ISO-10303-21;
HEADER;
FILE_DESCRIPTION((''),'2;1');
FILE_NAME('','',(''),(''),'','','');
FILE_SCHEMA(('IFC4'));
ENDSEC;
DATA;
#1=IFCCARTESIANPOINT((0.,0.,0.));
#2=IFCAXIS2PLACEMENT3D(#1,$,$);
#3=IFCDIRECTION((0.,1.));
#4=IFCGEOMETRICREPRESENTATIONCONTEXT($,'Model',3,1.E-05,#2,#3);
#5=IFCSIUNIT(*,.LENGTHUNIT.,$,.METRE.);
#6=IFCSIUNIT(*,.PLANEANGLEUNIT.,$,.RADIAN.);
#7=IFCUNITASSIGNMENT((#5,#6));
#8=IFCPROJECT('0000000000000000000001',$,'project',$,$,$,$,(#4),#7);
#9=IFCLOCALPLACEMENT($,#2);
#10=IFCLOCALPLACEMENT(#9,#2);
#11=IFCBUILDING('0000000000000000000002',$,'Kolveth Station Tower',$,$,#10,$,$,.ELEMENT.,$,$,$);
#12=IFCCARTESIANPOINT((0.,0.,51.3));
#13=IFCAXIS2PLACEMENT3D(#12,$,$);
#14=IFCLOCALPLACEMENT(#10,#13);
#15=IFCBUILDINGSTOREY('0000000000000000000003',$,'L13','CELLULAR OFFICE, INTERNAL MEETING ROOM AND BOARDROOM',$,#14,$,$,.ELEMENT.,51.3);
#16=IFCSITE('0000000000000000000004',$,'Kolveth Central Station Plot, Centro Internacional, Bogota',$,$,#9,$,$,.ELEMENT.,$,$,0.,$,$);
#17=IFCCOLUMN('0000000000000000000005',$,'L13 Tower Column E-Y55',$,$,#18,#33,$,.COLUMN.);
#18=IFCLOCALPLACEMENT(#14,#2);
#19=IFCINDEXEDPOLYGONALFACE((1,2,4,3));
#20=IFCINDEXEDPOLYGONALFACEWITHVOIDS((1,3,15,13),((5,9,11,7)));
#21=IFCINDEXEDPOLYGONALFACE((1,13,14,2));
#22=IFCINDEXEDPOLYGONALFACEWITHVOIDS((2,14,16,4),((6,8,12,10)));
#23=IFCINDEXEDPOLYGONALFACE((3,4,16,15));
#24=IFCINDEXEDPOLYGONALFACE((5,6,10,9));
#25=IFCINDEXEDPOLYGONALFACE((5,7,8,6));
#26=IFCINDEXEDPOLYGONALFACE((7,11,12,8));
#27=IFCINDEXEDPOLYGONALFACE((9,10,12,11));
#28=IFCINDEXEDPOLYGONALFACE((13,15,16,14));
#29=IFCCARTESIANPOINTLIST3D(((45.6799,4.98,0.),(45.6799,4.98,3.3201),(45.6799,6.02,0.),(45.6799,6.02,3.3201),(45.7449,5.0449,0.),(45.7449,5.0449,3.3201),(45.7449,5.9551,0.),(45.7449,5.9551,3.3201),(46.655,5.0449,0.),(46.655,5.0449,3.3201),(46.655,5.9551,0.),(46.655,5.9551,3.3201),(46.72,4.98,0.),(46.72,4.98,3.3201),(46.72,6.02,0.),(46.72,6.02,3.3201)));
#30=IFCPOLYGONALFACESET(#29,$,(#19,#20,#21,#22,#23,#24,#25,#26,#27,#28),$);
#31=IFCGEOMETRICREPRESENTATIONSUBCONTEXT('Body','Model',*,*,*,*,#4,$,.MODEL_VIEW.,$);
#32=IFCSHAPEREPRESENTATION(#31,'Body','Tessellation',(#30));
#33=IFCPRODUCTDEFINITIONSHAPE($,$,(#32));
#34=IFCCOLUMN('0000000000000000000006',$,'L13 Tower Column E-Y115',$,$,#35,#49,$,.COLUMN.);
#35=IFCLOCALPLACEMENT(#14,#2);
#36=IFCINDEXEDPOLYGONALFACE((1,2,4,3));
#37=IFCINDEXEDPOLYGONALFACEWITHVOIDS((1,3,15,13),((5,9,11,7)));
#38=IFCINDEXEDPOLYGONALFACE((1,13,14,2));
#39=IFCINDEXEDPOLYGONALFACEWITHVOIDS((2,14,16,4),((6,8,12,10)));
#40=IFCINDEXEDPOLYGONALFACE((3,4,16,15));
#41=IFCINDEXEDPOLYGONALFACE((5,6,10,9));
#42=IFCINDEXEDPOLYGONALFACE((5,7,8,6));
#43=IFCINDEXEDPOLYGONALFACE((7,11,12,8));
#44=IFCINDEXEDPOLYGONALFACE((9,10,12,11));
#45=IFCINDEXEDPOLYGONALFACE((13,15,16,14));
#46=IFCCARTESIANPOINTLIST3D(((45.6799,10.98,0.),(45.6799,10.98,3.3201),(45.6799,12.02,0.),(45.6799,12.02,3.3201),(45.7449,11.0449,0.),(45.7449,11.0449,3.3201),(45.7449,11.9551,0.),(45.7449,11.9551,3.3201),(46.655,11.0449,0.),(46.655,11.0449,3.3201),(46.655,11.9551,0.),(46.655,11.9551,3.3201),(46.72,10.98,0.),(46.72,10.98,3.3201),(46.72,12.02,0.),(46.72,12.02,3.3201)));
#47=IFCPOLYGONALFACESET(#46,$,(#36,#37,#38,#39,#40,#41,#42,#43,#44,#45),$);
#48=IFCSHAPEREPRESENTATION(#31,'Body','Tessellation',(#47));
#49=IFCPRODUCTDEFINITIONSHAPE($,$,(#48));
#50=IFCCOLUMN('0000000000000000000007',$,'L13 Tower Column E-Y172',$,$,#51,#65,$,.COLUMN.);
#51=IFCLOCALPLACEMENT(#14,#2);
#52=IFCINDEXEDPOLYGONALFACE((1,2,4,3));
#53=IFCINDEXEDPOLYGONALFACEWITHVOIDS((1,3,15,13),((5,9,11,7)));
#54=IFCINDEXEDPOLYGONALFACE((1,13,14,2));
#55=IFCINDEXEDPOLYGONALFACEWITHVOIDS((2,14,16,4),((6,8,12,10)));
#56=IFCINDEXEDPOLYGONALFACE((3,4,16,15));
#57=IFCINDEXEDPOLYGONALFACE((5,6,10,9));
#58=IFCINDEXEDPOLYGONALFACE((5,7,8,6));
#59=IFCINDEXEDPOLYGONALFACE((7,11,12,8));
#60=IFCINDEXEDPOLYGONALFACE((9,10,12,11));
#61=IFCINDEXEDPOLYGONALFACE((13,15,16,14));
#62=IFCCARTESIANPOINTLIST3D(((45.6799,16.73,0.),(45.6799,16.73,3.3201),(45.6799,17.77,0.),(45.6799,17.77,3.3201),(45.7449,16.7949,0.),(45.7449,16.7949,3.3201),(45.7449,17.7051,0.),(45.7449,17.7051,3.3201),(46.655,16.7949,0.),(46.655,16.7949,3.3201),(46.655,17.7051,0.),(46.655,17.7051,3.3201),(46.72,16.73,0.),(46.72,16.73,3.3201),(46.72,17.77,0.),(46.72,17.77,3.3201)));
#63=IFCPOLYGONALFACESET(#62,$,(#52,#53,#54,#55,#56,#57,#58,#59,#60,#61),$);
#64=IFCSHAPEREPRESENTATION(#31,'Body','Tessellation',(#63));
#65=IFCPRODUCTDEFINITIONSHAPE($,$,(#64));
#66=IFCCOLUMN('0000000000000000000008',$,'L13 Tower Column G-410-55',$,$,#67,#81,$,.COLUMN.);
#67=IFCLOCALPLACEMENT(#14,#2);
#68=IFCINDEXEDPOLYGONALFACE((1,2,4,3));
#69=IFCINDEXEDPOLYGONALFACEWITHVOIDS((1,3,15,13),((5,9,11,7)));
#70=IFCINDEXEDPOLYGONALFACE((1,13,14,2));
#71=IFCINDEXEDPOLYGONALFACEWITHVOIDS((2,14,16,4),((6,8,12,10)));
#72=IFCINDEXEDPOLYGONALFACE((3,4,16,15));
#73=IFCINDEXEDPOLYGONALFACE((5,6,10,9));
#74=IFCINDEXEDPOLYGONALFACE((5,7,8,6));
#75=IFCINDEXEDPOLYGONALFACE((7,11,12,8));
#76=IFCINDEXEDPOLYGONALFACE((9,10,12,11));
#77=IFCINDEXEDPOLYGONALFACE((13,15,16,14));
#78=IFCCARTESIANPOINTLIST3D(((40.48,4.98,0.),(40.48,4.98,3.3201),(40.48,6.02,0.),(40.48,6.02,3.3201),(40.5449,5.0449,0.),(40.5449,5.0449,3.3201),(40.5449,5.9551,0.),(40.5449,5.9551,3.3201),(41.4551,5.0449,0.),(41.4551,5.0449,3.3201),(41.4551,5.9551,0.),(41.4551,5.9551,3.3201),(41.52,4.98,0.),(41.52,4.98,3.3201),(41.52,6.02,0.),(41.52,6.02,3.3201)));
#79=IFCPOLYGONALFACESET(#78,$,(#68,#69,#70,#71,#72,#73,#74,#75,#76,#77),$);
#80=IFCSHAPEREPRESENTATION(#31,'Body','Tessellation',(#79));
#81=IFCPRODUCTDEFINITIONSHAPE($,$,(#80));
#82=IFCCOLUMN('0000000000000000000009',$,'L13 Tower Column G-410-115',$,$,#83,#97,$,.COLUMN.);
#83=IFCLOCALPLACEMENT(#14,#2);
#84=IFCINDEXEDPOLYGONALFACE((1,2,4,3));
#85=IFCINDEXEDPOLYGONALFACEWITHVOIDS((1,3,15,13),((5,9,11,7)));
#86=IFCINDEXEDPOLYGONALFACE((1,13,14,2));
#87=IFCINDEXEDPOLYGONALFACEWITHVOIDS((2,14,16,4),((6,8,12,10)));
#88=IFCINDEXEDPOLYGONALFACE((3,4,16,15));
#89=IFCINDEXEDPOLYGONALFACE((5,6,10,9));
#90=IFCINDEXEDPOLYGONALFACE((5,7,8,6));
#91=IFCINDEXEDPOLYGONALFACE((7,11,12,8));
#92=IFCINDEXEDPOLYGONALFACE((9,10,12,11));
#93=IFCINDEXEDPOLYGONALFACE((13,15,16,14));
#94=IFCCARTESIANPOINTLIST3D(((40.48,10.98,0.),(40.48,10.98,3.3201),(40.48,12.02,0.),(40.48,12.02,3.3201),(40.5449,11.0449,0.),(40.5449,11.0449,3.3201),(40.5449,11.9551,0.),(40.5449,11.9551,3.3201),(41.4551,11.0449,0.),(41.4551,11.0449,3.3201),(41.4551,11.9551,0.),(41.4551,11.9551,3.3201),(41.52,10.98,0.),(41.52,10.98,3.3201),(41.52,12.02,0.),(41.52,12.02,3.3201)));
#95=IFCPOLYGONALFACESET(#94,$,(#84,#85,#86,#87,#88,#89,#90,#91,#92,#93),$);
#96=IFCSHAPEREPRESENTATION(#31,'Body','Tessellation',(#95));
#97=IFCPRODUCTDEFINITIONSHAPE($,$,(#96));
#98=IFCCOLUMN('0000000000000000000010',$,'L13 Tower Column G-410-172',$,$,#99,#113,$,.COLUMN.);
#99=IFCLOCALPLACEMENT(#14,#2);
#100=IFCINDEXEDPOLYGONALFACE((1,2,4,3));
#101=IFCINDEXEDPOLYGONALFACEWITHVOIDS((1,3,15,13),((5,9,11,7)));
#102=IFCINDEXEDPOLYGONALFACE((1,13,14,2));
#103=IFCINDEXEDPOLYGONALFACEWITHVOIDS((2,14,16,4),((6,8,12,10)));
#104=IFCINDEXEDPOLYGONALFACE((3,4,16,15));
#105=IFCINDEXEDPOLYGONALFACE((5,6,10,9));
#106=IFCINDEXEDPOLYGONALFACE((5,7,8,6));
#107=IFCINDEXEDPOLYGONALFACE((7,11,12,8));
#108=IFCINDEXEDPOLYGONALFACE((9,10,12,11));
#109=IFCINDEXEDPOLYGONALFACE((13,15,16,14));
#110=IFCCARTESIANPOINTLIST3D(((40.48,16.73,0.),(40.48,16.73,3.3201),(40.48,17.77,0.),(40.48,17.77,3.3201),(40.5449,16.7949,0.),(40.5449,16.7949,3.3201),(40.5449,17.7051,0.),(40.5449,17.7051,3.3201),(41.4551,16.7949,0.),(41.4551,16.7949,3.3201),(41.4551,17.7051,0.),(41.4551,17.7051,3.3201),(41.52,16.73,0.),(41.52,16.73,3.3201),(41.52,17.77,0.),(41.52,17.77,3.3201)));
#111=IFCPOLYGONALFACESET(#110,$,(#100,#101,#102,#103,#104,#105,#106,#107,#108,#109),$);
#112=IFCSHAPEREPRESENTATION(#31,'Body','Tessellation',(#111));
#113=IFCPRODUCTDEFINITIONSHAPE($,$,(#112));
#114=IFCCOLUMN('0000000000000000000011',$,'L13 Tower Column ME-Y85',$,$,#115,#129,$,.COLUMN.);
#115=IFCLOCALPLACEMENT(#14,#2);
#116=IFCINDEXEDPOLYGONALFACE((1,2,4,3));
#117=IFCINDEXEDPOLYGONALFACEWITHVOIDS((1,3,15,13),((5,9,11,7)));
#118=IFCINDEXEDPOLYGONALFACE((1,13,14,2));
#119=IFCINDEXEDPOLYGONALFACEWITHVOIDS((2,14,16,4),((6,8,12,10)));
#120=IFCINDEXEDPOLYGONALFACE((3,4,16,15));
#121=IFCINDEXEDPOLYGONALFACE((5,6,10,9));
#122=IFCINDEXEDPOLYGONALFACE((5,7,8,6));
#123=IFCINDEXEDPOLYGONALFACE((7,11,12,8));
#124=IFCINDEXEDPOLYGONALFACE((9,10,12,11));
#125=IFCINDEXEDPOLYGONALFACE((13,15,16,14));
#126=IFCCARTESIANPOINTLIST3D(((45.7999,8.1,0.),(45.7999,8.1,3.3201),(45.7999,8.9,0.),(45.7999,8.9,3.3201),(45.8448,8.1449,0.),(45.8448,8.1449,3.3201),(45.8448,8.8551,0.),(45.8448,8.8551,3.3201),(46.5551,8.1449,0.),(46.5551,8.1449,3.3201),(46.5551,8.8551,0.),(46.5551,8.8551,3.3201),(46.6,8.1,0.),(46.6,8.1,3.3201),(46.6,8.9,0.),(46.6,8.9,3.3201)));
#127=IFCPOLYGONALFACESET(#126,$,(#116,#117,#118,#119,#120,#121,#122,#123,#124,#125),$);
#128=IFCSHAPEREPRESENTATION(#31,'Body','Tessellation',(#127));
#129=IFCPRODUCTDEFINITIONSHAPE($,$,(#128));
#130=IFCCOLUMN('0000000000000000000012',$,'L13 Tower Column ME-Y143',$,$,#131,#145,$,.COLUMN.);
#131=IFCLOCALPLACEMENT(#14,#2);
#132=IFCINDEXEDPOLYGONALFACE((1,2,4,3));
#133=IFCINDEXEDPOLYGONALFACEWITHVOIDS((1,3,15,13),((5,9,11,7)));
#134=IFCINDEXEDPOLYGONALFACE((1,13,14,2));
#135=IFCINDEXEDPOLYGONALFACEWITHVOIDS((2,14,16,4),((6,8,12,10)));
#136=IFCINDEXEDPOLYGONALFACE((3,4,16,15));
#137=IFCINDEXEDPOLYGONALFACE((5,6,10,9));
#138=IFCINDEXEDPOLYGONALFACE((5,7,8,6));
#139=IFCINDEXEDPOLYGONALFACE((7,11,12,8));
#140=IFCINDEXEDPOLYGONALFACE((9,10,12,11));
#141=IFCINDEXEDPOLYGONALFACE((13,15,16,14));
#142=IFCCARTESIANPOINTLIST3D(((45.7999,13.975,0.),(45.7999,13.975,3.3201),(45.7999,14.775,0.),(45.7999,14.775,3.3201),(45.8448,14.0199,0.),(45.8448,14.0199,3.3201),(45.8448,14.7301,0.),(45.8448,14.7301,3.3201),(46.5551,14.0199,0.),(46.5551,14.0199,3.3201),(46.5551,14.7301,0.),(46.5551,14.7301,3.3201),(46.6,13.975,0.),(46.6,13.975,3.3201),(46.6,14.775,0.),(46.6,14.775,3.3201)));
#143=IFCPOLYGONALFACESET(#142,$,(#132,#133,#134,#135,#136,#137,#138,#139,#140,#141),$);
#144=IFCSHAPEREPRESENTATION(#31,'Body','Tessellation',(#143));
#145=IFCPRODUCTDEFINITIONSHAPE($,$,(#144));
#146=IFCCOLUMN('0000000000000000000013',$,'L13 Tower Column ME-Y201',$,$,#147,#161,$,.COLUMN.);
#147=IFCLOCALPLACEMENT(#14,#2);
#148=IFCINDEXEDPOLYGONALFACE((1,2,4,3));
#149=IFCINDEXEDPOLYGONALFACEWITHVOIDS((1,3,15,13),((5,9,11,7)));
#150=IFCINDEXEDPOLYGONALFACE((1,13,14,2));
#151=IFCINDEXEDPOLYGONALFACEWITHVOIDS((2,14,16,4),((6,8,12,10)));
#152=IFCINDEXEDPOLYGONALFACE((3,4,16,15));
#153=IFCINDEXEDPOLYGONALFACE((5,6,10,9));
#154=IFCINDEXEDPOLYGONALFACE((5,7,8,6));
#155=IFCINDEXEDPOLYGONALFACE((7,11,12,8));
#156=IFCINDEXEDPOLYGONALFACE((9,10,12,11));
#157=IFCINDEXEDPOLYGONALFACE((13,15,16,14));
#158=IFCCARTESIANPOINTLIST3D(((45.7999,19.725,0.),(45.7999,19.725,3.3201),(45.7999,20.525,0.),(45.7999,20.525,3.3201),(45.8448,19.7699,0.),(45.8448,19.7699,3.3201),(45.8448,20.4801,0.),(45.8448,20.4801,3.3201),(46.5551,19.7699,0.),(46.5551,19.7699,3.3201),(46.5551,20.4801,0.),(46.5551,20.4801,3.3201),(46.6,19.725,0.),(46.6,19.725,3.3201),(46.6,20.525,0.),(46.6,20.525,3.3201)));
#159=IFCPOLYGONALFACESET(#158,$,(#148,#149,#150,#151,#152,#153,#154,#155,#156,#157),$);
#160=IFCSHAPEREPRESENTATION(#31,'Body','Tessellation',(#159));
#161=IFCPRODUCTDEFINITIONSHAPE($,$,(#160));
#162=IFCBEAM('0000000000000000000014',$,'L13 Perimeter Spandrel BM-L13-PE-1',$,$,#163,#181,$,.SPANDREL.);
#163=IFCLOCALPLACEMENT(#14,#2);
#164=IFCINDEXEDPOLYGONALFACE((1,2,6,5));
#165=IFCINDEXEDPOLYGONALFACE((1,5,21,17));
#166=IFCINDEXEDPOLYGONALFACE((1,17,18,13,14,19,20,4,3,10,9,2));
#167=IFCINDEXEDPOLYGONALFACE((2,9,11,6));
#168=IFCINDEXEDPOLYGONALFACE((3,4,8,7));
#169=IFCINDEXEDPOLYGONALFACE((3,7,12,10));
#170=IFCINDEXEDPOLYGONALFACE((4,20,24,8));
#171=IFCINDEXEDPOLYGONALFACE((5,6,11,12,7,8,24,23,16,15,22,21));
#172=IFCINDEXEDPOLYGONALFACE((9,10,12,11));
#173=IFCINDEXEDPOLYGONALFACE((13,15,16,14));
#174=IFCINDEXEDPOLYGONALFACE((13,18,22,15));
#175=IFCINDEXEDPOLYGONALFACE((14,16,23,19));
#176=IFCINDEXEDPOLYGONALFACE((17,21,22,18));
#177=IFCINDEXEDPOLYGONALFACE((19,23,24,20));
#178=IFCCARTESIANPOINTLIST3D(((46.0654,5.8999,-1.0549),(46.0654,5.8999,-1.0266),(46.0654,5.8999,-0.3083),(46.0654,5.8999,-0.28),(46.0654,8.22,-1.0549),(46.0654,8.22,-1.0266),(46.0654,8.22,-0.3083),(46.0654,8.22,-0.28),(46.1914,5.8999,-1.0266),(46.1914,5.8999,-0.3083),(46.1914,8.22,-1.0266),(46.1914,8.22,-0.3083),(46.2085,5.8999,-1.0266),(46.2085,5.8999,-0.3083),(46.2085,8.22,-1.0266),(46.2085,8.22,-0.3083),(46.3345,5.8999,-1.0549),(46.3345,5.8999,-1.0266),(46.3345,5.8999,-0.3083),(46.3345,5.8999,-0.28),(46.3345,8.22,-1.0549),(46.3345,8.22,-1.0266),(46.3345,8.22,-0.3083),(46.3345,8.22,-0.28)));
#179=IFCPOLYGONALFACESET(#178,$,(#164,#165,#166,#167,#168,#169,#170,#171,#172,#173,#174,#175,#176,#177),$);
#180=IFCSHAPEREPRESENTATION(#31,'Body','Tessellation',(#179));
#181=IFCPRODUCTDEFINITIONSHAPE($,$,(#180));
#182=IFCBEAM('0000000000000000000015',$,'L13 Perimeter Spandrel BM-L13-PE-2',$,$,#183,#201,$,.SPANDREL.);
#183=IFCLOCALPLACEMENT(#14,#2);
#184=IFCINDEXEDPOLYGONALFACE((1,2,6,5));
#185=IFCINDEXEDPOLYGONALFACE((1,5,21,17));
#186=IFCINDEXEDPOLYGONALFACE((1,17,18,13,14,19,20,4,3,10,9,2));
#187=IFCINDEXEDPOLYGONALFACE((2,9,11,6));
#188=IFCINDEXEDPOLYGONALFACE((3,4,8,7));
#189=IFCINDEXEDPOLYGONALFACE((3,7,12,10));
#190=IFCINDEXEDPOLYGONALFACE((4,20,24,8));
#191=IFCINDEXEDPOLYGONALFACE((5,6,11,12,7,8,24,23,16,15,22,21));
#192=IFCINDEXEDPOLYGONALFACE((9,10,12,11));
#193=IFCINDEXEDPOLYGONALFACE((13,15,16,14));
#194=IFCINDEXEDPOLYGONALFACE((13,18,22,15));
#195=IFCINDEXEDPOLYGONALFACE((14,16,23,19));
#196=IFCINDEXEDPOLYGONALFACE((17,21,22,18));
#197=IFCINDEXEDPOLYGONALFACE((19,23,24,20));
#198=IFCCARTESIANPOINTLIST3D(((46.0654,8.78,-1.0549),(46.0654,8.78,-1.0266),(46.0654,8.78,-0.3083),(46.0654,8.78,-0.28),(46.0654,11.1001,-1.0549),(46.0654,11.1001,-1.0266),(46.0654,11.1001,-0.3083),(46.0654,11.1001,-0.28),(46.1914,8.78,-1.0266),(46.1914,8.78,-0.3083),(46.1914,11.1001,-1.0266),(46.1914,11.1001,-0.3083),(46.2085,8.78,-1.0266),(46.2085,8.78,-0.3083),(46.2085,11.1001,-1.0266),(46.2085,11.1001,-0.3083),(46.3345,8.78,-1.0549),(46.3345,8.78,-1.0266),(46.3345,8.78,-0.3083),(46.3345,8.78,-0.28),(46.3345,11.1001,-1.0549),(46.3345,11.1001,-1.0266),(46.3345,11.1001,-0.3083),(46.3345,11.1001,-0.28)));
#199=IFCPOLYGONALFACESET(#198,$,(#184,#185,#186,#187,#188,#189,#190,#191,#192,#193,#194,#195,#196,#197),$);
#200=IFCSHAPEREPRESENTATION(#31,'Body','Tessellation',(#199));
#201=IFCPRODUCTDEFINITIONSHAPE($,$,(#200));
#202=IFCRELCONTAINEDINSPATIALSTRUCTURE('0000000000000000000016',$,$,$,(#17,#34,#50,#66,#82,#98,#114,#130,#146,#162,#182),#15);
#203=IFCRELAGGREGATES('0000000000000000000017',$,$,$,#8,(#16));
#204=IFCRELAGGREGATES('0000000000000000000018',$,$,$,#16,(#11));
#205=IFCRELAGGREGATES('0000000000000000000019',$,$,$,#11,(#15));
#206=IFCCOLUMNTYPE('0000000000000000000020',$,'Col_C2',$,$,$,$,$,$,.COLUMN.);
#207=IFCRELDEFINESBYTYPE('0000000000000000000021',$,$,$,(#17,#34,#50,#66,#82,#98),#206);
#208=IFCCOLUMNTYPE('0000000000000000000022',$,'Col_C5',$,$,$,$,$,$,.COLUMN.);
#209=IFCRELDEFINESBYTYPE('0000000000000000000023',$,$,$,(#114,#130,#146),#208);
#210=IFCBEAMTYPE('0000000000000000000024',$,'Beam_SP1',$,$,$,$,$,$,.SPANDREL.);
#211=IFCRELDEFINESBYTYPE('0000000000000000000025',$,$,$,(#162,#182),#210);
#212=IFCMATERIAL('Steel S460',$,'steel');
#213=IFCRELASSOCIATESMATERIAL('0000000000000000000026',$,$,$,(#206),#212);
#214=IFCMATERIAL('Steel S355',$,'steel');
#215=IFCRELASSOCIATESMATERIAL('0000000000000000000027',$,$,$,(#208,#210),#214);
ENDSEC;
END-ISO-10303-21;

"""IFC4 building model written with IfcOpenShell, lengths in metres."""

from ifc_helpers import new_model, si_unit, direction, frame, origin, origin_2d, place, context, subcontext, project, spatial, hollow_rectangle, i_section, extrude, source, transform, mapped, material, material_profile, profile_set, type_object, element, save


model = new_model("IFC4")

# Units and contexts
model_context = context("Model", 3, precision=1e-05, world=origin(), true_north=direction((0.0, 1.0)))
body_context = subcontext(model_context, "Body", "Model", "MODEL_VIEW")
ifc_project = project(units=[si_unit("LENGTHUNIT", "METRE"), si_unit("PLANEANGLEUNIT", "RADIAN")], contexts=[model_context])

# Site, building, storey
site_placement = place(None, origin())
site = spatial("IfcSite", under=ifc_project, at=site_placement, Name="Kolveth Central Station Plot, Centro Internacional, Bogota", CompositionType="ELEMENT", RefElevation=0.0)
building_placement = place(site_placement, origin())
building = spatial("IfcBuilding", under=site, at=building_placement, Name="Kolveth Station Tower", CompositionType="ELEMENT")
storey_placement = place(building_placement, frame((0.0, 0.0, 51.3)))
storey = spatial("IfcBuildingStorey", under=building, at=storey_placement, Name="L13", Description="CELLULAR OFFICE, INTERNAL MEETING ROOM AND BOARDROOM", CompositionType="ELEMENT", Elevation=51.3)

# Columns
ifc_material_1 = material(Name="Steel S460", Category="steel")
ifc_material_profile_1 = material_profile(ifc_material_1, hollow_rectangle(XDim=1.04, YDim=1.04, WallThickness=0.0649, at=origin_2d()), Name="BOX1040x1040x65")
ifc_profile_set_1 = profile_set([ifc_material_profile_1], Name="Steel S460")
column_type_1 = type_object("IfcColumnType", Name="Col_C2", PredefinedType="COLUMN", material=ifc_profile_set_1)
shared_shape_1 = source(origin(), body_context, "Body", "SweptSolid", [
    extrude(hollow_rectangle(XDim=1.04, YDim=1.04, WallThickness=0.0649, at=origin_2d()), origin(), (0.0, 0.0, 1.0), 3.3201),
])
for number, where, z_axis, x_axis, name in (
    (1, (46.2, 5.5, 0.0), (0.0, 0.0, 1.0), (1.0, 0.0, 0.0), "L13 Tower Column E-Y55"),
    (2, (46.2, 11.5, 0.0), (0.0, 0.0, 1.0), (1.0, 0.0, 0.0), "L13 Tower Column E-Y115"),
    (3, (46.2, 17.25, 0.0), (0.0, 0.0, 1.0), (1.0, 0.0, 0.0), "L13 Tower Column E-Y172"),
    (4, (41.0, 5.5, 0.0), (0.0, 0.0, 1.0), (1.0, 0.0, 0.0), "L13 Tower Column G-410-55"),
    (5, (41.0, 11.5, 0.0), (0.0, 0.0, 1.0), (1.0, 0.0, 0.0), "L13 Tower Column G-410-115"),
    (6, (41.0, 17.25, 0.0), (0.0, 0.0, 1.0), (1.0, 0.0, 0.0), "L13 Tower Column G-410-172"),
):
    element("IfcColumn", number, at=place(storey_placement, frame(where, z_axis=z_axis, x_axis=x_axis)), inside=storey, type_object=column_type_1, Name=name, PredefinedType="COLUMN", context=body_context, shape_type="MappedRepresentation", body=[
        mapped(shared_shape_1, transform((0.0, 0.0, 0.0), x_axis=(1.0, 0.0, 0.0), y_axis=(0.0, 1.0, 0.0), z_axis=(0.0, 0.0, 1.0), scale=1.0)),
    ])
ifc_material_2 = material(Name="Steel S355", Category="steel")
ifc_material_profile_2 = material_profile(ifc_material_2, hollow_rectangle(XDim=0.8, YDim=0.8, WallThickness=0.0449, at=origin_2d()), Name="BOX800x800x45")
ifc_profile_set_2 = profile_set([ifc_material_profile_2], Name="Steel S355")
column_type_2 = type_object("IfcColumnType", Name="Col_C5", PredefinedType="COLUMN", material=ifc_profile_set_2)
shared_shape_2 = source(origin(), body_context, "Body", "SweptSolid", [
    extrude(hollow_rectangle(XDim=0.8, YDim=0.8, WallThickness=0.0449, at=origin_2d()), origin(), (0.0, 0.0, 1.0), 3.3201),
])
for number, where, z_axis, x_axis, name in (
    (7, (46.2, 8.5, 0.0), (0.0, 0.0, 1.0), (1.0, 0.0, 0.0), "L13 Tower Column ME-Y85"),
    (8, (46.2, 14.375, 0.0), (0.0, 0.0, 1.0), (1.0, 0.0, 0.0), "L13 Tower Column ME-Y143"),
    (9, (46.2, 20.125, 0.0), (0.0, 0.0, 1.0), (1.0, 0.0, 0.0), "L13 Tower Column ME-Y201"),
):
    element("IfcColumn", number, at=place(storey_placement, frame(where, z_axis=z_axis, x_axis=x_axis)), inside=storey, type_object=column_type_2, Name=name, PredefinedType="COLUMN", context=body_context, shape_type="MappedRepresentation", body=[
        mapped(shared_shape_2, transform((0.0, 0.0, 0.0), x_axis=(1.0, 0.0, 0.0), y_axis=(0.0, 1.0, 0.0), z_axis=(0.0, 0.0, 1.0), scale=1.0)),
    ])

# Beams
ifc_material_profile_3 = material_profile(ifc_material_2, i_section(OverallWidth=0.269, OverallDepth=0.7749, WebThickness=0.0171, FlangeThickness=0.0283, at=origin_2d()), Name="W760x220")
ifc_profile_set_3 = profile_set([ifc_material_profile_3], Name="Steel S355")
beam_type_1 = type_object("IfcBeamType", Name="Beam_SP1", PredefinedType="SPANDREL", material=ifc_profile_set_3)
shared_shape_3 = source(origin(), body_context, "Body", "SweptSolid", [
    extrude(i_section(OverallWidth=0.269, OverallDepth=0.7749, WebThickness=0.0171, FlangeThickness=0.0283, at=origin_2d()), origin(), (0.0, 0.0, 1.0), 2.3201),
])
for number, where, z_axis, x_axis, name in (
    (10, (46.2, 5.8999, -0.6675), (0.0, 1.0, 0.0), (-1.0, 0.0, 0.0), "L13 Perimeter Spandrel BM-L13-PE-1"),
    (11, (46.2, 8.78, -0.6675), (0.0, 1.0, 0.0), (-1.0, 0.0, 0.0), "L13 Perimeter Spandrel BM-L13-PE-2"),
):
    element("IfcBeam", number, at=place(storey_placement, frame(where, z_axis=z_axis, x_axis=x_axis)), inside=storey, type_object=beam_type_1, Name=name, PredefinedType="SPANDREL", context=body_context, shape_type="MappedRepresentation", body=[
        mapped(shared_shape_3, transform((0.0, 0.0, 0.0), x_axis=(1.0, 0.0, 0.0), y_axis=(0.0, 1.0, 0.0), z_axis=(0.0, 0.0, 1.0), scale=1.0)),
    ])

save(model, "model.ifc")
